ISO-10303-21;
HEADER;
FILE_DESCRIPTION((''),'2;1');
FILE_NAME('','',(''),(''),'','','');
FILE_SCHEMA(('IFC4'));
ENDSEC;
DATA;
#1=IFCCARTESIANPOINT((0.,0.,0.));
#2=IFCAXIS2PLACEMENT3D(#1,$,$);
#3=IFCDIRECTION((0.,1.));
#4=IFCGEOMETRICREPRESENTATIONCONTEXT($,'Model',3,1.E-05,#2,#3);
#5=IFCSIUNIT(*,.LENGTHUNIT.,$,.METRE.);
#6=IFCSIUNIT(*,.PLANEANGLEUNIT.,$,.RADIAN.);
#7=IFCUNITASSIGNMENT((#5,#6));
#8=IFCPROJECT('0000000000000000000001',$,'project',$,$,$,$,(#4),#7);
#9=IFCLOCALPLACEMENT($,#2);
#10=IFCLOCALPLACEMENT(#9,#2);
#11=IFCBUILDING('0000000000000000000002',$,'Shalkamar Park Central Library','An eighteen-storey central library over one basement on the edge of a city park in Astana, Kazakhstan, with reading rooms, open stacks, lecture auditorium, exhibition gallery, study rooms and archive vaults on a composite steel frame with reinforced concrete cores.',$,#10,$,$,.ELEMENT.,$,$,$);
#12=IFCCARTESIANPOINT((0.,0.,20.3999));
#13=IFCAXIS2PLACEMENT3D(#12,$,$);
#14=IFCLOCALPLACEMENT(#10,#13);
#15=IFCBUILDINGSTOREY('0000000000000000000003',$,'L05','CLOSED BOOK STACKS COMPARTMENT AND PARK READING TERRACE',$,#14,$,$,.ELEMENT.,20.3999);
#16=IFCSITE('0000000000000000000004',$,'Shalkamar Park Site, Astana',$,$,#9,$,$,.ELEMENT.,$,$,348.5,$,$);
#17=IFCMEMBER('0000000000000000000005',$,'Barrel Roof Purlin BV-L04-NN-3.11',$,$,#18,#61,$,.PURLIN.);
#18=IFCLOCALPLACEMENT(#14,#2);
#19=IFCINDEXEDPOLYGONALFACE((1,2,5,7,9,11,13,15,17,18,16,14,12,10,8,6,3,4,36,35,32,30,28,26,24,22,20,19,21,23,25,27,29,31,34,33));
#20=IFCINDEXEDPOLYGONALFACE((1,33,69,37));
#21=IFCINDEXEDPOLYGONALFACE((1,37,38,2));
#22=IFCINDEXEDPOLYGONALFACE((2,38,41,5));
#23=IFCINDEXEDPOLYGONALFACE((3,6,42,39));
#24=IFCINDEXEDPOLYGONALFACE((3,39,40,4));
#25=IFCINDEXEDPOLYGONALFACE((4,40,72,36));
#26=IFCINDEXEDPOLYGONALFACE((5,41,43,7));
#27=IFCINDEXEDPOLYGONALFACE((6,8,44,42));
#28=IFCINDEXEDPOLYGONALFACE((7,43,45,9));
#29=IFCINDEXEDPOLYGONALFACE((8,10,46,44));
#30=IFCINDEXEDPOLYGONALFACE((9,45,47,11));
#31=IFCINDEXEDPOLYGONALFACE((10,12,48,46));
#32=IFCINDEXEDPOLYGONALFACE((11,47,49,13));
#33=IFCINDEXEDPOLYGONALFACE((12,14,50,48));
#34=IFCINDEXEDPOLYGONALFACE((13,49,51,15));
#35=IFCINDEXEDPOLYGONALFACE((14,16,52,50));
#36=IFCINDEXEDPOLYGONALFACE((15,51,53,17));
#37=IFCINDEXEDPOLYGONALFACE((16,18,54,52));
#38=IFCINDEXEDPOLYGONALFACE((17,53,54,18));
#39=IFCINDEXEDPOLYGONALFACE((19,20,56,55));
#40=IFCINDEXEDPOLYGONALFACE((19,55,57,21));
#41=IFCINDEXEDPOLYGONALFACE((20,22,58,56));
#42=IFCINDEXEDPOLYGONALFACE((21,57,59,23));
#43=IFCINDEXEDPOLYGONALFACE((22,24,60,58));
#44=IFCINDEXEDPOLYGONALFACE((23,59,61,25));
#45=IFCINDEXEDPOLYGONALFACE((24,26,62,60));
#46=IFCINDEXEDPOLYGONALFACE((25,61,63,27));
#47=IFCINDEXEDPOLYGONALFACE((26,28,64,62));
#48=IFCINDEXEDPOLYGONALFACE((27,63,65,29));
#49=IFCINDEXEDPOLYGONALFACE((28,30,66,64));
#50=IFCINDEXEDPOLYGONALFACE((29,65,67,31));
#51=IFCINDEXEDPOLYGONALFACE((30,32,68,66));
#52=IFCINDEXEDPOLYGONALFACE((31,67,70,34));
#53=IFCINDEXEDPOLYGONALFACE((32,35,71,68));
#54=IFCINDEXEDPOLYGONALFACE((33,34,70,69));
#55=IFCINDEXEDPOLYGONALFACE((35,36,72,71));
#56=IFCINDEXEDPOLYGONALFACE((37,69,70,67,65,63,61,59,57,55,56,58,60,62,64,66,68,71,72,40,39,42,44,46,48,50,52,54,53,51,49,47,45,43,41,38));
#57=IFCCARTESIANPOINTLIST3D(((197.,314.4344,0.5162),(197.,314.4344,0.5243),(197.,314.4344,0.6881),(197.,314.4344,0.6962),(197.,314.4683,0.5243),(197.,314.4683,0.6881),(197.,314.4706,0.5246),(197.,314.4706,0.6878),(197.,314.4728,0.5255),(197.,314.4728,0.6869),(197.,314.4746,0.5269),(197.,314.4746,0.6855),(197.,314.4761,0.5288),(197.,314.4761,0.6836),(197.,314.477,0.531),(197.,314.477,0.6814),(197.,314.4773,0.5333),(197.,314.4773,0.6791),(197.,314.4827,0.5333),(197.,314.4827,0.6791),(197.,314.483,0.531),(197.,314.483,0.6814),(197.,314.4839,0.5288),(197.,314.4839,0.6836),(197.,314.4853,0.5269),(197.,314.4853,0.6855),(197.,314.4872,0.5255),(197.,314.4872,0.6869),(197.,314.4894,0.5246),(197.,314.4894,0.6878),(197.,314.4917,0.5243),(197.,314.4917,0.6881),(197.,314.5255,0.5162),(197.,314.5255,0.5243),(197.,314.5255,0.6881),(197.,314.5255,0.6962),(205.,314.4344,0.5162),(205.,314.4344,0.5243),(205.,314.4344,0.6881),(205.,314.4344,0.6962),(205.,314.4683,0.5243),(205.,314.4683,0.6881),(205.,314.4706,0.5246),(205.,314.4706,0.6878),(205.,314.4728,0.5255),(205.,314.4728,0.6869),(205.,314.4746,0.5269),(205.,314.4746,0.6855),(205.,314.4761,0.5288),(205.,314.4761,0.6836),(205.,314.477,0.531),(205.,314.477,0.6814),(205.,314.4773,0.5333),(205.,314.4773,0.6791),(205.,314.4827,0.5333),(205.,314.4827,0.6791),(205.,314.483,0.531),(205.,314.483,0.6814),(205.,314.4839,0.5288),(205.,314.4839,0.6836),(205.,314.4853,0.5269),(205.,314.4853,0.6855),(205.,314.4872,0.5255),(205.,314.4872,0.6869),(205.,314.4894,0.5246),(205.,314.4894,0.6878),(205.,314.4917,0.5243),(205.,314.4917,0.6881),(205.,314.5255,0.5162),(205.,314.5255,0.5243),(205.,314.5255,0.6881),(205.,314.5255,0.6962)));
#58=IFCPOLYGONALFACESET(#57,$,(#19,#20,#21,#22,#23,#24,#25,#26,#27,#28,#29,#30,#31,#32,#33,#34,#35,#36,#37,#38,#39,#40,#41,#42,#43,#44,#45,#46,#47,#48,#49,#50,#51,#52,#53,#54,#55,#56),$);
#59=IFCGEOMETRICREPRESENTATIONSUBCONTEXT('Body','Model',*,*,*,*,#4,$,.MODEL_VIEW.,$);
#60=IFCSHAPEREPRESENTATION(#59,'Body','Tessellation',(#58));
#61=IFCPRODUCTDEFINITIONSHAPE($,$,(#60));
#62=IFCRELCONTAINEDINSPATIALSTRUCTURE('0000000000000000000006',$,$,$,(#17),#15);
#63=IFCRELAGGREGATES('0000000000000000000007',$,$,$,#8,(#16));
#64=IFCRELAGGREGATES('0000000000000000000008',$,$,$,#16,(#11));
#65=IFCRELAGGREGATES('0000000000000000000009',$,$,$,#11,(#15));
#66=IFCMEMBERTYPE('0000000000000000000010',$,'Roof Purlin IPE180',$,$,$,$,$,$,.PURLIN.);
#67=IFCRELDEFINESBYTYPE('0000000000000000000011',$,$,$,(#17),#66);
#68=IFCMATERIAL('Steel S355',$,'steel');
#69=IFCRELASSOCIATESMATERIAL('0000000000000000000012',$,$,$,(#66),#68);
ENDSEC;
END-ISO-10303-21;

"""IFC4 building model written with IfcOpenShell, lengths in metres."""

from ifc_helpers import new_model, si_unit, direction, frame, origin, origin_2d, place, context, subcontext, project, spatial, i_section, extrude, material, material_profile, profile_set, type_object, element, save


model = new_model("IFC4")

# Units and contexts
model_context = context("Model", 3, precision=1e-05, world=origin(), true_north=direction((0.0, 1.0)))
body_context = subcontext(model_context, "Body", "Model", "MODEL_VIEW")
ifc_project = project(units=[si_unit("LENGTHUNIT", "METRE"), si_unit("PLANEANGLEUNIT", "RADIAN")], contexts=[model_context])

# Site, building, storey
site_placement = place(None, origin())
site = spatial("IfcSite", under=ifc_project, at=site_placement, Name="Shalkamar Park Site, Astana", CompositionType="ELEMENT", RefElevation=348.5)
building_placement = place(site_placement, origin())
building = spatial("IfcBuilding", under=site, at=building_placement, Name="Shalkamar Park Central Library", Description="An eighteen-storey central library over one basement on the edge of a city park in Astana, Kazakhstan, with reading rooms, open stacks, lecture auditorium, exhibition gallery, study rooms and archive vaults on a composite steel frame with reinforced concrete cores.", CompositionType="ELEMENT")
storey_placement = place(building_placement, frame((0.0, 0.0, 20.3999)))
storey = spatial("IfcBuildingStorey", under=building, at=storey_placement, Name="L05", Description="CLOSED BOOK STACKS COMPARTMENT AND PARK READING TERRACE", CompositionType="ELEMENT", Elevation=20.3999)

# Shared definitions
ifc_material_1 = material(Name="Steel S355", Category="steel")

# Member
ifc_material_profile_1 = material_profile(ifc_material_1, i_section(OverallWidth=0.0911, OverallDepth=0.1799, WebThickness=0.0054, FlangeThickness=0.0081, FilletRadius=0.009, at=origin_2d()), Name="IPE 180")
ifc_profile_set_1 = profile_set([ifc_material_profile_1], Name="Steel S355")
member_type_1 = type_object("IfcMemberType", Name="Roof Purlin IPE180", PredefinedType="PURLIN", material=ifc_profile_set_1)
for number, where, z_axis, x_axis, name in (
    (1, (197.0, 314.48, 0.6062), (1.0, 0.0, 0.0), (0.0, 1.0, 0.0), "Barrel Roof Purlin BV-L04-NN-3.11"),
):
    element("IfcMember", number, at=place(storey_placement, frame(where, z_axis=z_axis, x_axis=x_axis)), inside=storey, type_object=member_type_1, Name=name, PredefinedType="PURLIN", context=body_context, shape_type="SweptSolid", body=[
        extrude(i_section(OverallWidth=0.0911, OverallDepth=0.1799, WebThickness=0.0054, FlangeThickness=0.0081, FilletRadius=0.009, at=origin_2d()), origin(), (0.0, 0.0, 1.0), 8.0),
    ])

save(model, "model.ifc")
